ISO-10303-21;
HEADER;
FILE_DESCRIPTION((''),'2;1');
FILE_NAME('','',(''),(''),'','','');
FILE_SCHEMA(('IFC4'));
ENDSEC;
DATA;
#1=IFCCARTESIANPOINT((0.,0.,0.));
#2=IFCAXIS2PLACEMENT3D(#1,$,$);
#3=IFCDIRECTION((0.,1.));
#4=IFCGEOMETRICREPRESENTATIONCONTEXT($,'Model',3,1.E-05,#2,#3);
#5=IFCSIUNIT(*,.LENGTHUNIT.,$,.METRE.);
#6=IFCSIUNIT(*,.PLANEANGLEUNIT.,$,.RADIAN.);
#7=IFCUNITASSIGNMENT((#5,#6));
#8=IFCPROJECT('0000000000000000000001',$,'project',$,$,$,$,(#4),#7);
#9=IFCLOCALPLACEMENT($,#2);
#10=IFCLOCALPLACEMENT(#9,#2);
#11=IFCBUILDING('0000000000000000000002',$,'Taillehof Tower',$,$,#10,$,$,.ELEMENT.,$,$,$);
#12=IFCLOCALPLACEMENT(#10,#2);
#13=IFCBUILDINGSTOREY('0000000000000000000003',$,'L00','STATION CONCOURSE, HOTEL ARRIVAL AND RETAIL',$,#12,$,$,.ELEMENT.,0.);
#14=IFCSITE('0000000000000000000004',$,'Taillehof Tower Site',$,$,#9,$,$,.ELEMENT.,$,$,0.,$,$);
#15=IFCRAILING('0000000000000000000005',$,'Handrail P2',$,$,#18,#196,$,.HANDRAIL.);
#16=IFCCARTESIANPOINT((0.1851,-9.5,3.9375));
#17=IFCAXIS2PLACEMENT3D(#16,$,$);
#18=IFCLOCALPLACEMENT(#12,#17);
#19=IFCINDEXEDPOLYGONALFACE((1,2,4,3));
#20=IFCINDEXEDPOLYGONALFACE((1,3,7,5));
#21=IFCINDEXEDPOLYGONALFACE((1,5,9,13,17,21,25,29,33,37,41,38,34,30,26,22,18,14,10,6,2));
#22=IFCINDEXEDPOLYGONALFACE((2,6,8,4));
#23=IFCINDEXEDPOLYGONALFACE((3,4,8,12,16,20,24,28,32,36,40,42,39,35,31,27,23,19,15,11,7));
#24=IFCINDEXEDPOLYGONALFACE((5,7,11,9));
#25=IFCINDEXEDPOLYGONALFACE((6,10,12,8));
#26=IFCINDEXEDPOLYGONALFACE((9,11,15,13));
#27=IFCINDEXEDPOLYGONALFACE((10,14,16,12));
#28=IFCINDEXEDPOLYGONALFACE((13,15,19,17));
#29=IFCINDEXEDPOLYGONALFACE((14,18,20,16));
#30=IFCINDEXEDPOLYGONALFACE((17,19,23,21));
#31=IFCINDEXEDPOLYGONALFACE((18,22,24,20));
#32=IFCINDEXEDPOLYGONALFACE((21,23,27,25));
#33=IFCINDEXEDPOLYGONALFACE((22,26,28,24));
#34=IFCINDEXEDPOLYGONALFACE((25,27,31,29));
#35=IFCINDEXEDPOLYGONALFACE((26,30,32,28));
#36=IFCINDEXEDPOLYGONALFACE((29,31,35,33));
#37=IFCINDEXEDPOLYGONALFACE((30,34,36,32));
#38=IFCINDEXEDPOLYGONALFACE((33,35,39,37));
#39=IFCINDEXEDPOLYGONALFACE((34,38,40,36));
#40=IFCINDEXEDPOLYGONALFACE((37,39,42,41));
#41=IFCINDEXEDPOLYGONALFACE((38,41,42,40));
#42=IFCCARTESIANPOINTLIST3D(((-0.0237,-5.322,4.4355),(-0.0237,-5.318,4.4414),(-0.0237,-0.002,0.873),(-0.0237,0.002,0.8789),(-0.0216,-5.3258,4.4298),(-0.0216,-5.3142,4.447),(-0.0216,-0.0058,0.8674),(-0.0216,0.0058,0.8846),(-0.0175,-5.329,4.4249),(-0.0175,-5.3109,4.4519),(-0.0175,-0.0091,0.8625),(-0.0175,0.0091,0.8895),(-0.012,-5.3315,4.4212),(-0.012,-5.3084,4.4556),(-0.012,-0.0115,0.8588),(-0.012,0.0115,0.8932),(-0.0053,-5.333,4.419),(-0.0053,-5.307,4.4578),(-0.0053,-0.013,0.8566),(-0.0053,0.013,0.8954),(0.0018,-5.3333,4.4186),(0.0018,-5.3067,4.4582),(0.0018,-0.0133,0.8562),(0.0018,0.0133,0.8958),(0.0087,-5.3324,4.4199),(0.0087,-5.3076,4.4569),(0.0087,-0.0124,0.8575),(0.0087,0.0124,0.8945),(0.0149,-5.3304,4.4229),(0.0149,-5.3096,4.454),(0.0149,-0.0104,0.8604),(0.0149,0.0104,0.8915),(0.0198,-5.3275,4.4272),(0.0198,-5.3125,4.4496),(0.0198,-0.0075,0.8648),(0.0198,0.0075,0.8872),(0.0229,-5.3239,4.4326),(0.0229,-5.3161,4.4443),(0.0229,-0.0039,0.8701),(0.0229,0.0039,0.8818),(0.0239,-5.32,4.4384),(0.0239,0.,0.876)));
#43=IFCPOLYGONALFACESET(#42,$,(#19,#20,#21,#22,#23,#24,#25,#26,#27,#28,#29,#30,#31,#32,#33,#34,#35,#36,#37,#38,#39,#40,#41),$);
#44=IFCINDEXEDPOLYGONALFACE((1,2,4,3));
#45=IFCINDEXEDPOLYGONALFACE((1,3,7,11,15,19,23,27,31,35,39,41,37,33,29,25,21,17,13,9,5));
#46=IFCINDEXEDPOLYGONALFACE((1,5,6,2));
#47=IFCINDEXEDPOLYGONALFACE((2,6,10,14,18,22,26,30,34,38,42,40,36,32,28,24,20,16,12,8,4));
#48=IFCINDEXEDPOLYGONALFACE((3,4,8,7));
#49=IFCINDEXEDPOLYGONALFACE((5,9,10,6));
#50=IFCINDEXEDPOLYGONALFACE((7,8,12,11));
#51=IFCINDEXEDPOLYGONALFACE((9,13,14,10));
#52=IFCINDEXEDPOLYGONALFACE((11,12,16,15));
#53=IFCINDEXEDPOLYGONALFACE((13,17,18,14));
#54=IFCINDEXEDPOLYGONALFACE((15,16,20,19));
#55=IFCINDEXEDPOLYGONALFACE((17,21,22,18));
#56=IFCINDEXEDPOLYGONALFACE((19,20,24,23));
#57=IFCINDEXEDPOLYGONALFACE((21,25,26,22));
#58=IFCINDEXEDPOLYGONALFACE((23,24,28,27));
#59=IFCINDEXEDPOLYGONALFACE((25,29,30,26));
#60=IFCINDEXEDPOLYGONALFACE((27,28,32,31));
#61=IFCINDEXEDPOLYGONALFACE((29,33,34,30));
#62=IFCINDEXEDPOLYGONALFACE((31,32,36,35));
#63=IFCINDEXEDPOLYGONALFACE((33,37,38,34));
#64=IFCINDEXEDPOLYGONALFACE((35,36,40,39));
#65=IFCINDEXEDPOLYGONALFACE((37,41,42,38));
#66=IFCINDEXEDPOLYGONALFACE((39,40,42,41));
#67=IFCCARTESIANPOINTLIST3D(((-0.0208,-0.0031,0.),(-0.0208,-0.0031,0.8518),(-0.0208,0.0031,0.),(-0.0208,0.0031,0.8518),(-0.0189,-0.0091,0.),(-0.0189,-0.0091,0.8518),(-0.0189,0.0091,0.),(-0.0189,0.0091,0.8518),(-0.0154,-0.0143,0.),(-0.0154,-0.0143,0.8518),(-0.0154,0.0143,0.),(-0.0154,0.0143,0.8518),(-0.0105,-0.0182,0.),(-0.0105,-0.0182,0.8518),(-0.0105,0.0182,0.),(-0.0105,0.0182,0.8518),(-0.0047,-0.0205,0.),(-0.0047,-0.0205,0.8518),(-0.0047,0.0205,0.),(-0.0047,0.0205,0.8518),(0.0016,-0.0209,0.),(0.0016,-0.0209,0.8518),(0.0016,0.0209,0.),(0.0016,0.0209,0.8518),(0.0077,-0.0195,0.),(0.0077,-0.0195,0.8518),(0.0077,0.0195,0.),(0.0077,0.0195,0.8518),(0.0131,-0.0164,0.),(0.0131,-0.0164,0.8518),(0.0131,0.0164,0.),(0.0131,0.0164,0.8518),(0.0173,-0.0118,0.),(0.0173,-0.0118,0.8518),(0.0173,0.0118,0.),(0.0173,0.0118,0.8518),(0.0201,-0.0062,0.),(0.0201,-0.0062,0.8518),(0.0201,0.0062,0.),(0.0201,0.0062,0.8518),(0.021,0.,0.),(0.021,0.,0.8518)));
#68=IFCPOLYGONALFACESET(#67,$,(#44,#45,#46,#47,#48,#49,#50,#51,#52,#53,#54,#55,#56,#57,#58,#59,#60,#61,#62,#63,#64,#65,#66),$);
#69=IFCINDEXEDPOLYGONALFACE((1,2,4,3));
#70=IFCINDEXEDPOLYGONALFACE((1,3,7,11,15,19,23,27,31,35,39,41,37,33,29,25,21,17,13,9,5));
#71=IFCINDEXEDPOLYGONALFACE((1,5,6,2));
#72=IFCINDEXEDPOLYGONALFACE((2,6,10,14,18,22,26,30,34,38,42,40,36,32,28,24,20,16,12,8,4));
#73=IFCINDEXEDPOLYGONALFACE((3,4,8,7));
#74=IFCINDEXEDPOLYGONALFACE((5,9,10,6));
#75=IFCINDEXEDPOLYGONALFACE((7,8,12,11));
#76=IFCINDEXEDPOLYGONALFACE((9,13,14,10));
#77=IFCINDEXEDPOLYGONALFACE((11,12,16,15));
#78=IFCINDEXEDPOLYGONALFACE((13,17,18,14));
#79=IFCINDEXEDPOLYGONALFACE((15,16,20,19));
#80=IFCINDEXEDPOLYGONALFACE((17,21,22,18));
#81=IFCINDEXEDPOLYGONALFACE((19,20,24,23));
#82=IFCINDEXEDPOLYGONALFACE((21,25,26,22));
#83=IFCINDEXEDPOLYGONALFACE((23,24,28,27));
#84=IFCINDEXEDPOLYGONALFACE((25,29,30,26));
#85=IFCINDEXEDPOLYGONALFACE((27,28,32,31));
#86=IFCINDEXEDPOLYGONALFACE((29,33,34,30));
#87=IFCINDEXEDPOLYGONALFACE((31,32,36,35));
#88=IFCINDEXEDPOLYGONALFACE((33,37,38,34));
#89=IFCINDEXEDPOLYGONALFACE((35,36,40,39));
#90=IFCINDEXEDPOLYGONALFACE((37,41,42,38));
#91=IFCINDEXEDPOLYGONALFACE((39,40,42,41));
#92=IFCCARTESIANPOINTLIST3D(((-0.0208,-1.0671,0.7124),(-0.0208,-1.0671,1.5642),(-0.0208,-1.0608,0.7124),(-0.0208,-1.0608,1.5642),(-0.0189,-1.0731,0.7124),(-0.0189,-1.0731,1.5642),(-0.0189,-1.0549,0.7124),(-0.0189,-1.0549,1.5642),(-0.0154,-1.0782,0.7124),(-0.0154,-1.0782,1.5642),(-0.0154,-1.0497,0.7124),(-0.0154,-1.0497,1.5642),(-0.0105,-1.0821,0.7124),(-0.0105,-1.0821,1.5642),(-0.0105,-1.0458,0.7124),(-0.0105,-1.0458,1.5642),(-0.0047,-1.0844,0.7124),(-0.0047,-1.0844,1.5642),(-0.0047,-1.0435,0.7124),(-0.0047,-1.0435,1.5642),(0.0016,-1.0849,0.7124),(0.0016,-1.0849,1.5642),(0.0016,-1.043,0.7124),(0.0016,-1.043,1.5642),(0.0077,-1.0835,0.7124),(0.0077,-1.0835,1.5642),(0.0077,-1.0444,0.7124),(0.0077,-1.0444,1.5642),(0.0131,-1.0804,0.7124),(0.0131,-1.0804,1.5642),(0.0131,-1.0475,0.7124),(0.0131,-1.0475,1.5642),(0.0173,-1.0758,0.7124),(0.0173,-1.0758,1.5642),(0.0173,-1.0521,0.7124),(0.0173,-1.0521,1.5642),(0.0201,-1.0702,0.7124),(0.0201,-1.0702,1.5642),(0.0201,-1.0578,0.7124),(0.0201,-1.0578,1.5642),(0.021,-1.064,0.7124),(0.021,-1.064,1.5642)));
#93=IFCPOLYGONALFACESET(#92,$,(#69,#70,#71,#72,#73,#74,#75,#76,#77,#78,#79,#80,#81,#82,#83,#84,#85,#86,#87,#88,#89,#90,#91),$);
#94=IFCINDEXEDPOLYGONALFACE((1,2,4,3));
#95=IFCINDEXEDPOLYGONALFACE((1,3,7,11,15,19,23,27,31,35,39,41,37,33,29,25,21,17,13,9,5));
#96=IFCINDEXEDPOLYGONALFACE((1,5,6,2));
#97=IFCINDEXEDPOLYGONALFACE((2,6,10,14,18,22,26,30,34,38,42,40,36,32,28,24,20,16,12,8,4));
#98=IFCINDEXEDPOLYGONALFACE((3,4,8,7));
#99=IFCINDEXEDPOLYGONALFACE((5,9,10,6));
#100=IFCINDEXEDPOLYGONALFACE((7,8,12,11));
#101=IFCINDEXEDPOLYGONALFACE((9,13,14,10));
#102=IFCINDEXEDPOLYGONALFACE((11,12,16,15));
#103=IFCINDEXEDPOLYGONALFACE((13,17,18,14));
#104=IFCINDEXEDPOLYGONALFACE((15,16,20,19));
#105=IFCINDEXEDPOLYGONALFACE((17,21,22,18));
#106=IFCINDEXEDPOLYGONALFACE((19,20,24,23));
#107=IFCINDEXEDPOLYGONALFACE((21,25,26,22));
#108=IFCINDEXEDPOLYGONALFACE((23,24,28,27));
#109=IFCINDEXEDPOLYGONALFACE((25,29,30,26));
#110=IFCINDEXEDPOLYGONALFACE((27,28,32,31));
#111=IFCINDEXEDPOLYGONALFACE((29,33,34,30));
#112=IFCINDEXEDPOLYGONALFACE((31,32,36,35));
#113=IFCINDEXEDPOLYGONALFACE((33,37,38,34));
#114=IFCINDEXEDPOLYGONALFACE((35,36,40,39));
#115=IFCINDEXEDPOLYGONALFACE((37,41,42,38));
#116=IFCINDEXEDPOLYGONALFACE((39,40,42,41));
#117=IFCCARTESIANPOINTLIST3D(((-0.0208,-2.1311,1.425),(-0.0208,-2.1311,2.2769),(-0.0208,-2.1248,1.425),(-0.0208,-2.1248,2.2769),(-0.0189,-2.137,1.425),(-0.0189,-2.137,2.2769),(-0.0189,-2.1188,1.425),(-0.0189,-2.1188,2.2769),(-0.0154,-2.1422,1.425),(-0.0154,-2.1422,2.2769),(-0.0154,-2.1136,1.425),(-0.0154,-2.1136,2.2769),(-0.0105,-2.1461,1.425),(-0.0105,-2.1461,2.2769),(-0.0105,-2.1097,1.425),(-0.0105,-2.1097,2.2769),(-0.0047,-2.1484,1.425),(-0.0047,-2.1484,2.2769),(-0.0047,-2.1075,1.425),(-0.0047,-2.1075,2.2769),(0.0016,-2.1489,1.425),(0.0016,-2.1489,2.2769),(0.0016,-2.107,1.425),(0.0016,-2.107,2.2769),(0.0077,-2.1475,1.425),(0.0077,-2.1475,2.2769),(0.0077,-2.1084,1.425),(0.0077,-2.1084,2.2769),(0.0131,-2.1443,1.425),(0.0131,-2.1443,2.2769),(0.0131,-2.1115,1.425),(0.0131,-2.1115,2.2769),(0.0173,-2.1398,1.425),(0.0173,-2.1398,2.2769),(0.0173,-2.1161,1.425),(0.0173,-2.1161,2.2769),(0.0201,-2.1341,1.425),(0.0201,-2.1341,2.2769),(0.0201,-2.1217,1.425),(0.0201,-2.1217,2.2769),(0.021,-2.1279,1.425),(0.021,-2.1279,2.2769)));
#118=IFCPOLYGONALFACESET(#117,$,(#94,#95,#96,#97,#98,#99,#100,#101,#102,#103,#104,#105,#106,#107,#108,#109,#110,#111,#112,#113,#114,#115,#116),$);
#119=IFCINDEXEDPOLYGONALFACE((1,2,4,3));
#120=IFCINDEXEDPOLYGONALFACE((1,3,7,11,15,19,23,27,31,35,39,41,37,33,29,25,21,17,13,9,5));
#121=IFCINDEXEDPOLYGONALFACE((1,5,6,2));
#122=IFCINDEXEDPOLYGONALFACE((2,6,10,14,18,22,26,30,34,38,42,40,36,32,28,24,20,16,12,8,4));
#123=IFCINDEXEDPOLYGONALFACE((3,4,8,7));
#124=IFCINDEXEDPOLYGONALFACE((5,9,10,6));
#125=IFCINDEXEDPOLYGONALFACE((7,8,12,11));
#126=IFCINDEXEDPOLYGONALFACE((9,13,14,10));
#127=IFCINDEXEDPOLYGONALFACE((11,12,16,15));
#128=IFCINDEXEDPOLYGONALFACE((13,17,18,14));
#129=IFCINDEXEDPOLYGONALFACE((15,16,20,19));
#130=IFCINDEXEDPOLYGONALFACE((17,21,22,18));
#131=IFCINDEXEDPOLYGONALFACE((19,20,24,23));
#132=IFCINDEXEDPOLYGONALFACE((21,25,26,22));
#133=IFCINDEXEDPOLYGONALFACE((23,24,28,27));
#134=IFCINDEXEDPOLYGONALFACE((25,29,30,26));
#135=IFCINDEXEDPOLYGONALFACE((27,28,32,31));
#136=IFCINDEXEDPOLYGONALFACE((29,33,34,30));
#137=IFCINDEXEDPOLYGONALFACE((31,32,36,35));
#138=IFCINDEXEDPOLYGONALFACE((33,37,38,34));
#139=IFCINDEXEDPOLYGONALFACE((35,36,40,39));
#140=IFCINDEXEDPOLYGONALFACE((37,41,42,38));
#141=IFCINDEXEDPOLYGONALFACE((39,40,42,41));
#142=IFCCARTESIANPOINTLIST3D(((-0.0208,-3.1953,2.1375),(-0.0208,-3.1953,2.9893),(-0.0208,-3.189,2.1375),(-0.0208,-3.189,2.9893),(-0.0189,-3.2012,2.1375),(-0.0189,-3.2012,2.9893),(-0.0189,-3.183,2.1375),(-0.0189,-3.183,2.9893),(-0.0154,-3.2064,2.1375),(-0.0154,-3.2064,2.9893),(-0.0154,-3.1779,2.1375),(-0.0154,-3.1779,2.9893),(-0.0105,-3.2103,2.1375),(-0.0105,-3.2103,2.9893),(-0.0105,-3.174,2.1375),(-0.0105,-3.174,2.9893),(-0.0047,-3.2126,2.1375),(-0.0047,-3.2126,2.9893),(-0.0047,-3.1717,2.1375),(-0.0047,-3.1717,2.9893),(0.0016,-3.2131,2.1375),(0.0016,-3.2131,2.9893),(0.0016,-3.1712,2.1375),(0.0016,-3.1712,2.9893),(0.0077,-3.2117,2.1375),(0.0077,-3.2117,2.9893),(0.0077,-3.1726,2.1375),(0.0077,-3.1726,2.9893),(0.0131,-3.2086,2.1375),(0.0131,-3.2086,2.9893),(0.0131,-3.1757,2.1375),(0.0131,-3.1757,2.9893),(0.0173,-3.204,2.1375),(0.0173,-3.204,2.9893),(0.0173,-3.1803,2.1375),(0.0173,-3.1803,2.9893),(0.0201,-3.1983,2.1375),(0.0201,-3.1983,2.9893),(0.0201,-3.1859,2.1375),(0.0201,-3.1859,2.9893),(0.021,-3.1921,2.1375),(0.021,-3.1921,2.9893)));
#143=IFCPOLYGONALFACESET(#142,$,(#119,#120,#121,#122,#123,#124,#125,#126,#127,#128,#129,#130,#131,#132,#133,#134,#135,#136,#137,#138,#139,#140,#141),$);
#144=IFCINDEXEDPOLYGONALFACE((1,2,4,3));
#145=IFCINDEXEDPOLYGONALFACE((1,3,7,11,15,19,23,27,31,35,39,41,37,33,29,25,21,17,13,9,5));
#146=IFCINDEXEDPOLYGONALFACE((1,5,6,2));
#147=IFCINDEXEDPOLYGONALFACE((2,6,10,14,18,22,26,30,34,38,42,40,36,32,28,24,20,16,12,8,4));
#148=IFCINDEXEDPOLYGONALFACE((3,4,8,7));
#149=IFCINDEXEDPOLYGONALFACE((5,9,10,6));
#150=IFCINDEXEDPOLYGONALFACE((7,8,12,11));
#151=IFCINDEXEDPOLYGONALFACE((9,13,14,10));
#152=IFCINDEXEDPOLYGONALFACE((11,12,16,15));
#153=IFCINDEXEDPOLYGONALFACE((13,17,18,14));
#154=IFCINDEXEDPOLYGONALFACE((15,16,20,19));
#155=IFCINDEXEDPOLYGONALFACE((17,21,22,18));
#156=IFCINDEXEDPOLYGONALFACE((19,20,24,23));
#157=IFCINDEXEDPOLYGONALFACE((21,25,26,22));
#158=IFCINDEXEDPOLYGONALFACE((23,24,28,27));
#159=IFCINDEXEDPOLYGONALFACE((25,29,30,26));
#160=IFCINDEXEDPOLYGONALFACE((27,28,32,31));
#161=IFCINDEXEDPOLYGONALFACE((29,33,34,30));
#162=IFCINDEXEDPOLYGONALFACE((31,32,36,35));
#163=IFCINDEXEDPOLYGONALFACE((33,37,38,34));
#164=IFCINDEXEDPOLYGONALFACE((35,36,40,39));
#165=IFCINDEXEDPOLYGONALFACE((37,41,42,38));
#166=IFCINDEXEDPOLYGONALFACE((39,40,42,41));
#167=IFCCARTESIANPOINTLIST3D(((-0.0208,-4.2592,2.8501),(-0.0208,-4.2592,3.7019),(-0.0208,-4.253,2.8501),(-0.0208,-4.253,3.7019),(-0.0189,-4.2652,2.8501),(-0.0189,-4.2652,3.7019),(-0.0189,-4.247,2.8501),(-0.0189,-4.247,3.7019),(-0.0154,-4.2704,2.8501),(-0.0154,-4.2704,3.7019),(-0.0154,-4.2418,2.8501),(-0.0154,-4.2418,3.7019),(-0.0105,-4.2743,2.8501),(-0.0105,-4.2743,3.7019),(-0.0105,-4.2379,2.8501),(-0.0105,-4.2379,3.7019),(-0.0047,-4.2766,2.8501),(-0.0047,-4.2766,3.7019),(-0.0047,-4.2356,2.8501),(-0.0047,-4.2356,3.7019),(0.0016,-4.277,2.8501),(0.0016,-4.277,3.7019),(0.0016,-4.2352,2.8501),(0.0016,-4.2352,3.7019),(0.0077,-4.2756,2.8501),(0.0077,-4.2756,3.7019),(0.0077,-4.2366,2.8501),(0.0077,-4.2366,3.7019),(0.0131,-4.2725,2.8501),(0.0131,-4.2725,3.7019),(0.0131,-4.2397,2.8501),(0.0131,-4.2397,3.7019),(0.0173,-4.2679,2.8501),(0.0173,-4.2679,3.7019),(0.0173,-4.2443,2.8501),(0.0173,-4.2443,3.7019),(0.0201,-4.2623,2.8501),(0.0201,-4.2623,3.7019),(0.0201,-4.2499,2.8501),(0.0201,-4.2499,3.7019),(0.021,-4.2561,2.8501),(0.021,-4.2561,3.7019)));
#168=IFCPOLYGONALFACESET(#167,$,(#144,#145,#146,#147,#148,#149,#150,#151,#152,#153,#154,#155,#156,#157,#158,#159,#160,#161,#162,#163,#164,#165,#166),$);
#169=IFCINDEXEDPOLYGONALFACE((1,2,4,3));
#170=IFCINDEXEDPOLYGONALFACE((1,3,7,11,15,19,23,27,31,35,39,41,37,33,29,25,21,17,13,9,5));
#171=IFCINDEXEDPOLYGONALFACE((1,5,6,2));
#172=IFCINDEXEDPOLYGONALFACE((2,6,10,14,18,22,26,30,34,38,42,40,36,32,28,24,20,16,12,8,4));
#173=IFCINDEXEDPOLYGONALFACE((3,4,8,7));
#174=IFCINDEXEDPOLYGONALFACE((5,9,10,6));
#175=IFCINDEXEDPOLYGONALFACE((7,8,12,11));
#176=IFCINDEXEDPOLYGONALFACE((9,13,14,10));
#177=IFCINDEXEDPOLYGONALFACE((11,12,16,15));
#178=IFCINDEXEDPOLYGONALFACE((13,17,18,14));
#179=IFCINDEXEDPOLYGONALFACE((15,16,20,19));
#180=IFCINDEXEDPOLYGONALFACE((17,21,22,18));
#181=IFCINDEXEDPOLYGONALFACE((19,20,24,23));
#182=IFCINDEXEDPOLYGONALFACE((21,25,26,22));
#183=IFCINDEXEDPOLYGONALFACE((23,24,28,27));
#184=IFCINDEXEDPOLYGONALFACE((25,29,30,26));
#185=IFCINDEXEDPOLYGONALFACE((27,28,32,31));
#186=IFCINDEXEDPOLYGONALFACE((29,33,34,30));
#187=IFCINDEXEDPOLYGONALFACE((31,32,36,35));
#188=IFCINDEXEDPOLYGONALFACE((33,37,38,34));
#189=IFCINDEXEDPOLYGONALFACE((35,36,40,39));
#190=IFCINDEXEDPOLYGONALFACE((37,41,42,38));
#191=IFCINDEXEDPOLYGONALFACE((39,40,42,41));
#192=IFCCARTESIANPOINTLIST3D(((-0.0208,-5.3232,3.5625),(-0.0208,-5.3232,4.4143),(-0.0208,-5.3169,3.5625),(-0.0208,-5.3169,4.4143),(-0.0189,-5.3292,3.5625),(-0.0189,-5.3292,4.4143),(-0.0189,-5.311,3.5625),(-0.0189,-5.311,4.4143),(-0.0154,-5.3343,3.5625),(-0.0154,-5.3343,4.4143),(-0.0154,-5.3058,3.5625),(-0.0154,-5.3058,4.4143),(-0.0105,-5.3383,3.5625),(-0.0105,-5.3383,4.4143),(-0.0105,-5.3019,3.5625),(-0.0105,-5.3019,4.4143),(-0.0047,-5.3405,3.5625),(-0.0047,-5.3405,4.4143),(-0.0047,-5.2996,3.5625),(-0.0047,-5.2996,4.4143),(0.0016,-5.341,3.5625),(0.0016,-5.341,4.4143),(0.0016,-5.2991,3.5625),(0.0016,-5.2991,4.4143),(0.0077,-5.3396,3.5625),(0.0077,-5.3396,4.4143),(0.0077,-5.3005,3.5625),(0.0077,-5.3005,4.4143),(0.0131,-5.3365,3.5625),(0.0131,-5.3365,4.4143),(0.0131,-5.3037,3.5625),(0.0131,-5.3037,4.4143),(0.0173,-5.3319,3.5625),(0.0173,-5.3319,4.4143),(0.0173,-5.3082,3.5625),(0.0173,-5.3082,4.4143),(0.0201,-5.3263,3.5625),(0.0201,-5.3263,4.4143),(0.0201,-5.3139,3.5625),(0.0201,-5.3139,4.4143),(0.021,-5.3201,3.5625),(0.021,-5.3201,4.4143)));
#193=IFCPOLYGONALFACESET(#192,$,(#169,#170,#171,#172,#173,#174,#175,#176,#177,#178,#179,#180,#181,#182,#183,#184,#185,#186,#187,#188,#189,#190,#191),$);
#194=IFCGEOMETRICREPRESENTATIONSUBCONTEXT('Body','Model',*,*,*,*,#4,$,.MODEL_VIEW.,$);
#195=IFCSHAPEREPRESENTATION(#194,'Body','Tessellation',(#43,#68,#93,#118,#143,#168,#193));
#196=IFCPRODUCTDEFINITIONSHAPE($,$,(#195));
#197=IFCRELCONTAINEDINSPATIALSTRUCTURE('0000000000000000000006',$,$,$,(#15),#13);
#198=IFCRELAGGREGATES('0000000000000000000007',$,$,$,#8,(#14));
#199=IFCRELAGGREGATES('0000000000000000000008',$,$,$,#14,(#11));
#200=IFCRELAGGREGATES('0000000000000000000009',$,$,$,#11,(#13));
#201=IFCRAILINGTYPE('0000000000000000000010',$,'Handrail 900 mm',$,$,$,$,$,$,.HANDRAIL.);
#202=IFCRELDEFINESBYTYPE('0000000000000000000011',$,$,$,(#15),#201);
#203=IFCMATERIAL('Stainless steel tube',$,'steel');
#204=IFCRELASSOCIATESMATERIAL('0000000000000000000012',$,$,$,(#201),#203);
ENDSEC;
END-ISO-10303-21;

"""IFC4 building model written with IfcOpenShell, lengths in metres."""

from ifc_helpers import new_model, si_unit, direction, frame, origin, origin_2d, place, context, subcontext, project, spatial, circle, extrude, material, type_object, element, save


model = new_model("IFC4")

# Units and contexts
model_context = context("Model", 3, precision=1e-05, world=origin(), true_north=direction((0.0, 1.0)))
body_context = subcontext(model_context, "Body", "Model", "MODEL_VIEW")
ifc_project = project(units=[si_unit("LENGTHUNIT", "METRE"), si_unit("PLANEANGLEUNIT", "RADIAN")], contexts=[model_context])

# Site, building, storey
site_placement = place(None, origin())
site = spatial("IfcSite", under=ifc_project, at=site_placement, Name="Taillehof Tower Site", CompositionType="ELEMENT", RefElevation=0.0)
building_placement = place(site_placement, origin())
building = spatial("IfcBuilding", under=site, at=building_placement, Name="Taillehof Tower", CompositionType="ELEMENT")
storey_placement = place(building_placement, origin())
storey = spatial("IfcBuildingStorey", under=building, at=storey_placement, Name="L00", Description="STATION CONCOURSE, HOTEL ARRIVAL AND RETAIL", CompositionType="ELEMENT", Elevation=0.0)

# Railing
ifc_material_1 = material(Name="Stainless steel tube", Category="steel")
railing_type = type_object("IfcRailingType", Name="Handrail 900 mm", PredefinedType="HANDRAIL", material=ifc_material_1)
for number, where, name in (
    (1, (0.1851, -9.5, 3.9375), "Handrail P2"),
):
    element("IfcRailing", number, at=place(storey_placement, frame(where)), inside=storey, type_object=railing_type, Name=name, PredefinedType="HANDRAIL", context=body_context, shape_type="SweptSolid", body=[
        extrude(circle(Radius=0.0239, at=origin_2d()), frame((0.0, 0.0, 0.876), z_axis=(0.0, -0.83091, 0.556406), x_axis=(1.0, 0.0, 0.0)), (0.0, 0.0, 1.0), 6.4026),
        extrude(circle(Radius=0.021, at=origin_2d()), origin(), (0.0, 0.0, 1.0), 0.8518),
        extrude(circle(Radius=0.021, at=origin_2d()), frame((0.0, -1.064, 0.7124)), (0.0, 0.0, 1.0), 0.8518),
        extrude(circle(Radius=0.021, at=origin_2d()), frame((0.0, -2.1279, 1.425)), (0.0, 0.0, 1.0), 0.8518),
        extrude(circle(Radius=0.021, at=origin_2d()), frame((0.0, -3.1921, 2.1375)), (0.0, 0.0, 1.0), 0.8518),
        extrude(circle(Radius=0.021, at=origin_2d()), frame((0.0, -4.2561, 2.8501)), (0.0, 0.0, 1.0), 0.8518),
        extrude(circle(Radius=0.021, at=origin_2d()), frame((0.0, -5.3201, 3.5625)), (0.0, 0.0, 1.0), 0.8518),
    ])

save(model, "model.ifc")
